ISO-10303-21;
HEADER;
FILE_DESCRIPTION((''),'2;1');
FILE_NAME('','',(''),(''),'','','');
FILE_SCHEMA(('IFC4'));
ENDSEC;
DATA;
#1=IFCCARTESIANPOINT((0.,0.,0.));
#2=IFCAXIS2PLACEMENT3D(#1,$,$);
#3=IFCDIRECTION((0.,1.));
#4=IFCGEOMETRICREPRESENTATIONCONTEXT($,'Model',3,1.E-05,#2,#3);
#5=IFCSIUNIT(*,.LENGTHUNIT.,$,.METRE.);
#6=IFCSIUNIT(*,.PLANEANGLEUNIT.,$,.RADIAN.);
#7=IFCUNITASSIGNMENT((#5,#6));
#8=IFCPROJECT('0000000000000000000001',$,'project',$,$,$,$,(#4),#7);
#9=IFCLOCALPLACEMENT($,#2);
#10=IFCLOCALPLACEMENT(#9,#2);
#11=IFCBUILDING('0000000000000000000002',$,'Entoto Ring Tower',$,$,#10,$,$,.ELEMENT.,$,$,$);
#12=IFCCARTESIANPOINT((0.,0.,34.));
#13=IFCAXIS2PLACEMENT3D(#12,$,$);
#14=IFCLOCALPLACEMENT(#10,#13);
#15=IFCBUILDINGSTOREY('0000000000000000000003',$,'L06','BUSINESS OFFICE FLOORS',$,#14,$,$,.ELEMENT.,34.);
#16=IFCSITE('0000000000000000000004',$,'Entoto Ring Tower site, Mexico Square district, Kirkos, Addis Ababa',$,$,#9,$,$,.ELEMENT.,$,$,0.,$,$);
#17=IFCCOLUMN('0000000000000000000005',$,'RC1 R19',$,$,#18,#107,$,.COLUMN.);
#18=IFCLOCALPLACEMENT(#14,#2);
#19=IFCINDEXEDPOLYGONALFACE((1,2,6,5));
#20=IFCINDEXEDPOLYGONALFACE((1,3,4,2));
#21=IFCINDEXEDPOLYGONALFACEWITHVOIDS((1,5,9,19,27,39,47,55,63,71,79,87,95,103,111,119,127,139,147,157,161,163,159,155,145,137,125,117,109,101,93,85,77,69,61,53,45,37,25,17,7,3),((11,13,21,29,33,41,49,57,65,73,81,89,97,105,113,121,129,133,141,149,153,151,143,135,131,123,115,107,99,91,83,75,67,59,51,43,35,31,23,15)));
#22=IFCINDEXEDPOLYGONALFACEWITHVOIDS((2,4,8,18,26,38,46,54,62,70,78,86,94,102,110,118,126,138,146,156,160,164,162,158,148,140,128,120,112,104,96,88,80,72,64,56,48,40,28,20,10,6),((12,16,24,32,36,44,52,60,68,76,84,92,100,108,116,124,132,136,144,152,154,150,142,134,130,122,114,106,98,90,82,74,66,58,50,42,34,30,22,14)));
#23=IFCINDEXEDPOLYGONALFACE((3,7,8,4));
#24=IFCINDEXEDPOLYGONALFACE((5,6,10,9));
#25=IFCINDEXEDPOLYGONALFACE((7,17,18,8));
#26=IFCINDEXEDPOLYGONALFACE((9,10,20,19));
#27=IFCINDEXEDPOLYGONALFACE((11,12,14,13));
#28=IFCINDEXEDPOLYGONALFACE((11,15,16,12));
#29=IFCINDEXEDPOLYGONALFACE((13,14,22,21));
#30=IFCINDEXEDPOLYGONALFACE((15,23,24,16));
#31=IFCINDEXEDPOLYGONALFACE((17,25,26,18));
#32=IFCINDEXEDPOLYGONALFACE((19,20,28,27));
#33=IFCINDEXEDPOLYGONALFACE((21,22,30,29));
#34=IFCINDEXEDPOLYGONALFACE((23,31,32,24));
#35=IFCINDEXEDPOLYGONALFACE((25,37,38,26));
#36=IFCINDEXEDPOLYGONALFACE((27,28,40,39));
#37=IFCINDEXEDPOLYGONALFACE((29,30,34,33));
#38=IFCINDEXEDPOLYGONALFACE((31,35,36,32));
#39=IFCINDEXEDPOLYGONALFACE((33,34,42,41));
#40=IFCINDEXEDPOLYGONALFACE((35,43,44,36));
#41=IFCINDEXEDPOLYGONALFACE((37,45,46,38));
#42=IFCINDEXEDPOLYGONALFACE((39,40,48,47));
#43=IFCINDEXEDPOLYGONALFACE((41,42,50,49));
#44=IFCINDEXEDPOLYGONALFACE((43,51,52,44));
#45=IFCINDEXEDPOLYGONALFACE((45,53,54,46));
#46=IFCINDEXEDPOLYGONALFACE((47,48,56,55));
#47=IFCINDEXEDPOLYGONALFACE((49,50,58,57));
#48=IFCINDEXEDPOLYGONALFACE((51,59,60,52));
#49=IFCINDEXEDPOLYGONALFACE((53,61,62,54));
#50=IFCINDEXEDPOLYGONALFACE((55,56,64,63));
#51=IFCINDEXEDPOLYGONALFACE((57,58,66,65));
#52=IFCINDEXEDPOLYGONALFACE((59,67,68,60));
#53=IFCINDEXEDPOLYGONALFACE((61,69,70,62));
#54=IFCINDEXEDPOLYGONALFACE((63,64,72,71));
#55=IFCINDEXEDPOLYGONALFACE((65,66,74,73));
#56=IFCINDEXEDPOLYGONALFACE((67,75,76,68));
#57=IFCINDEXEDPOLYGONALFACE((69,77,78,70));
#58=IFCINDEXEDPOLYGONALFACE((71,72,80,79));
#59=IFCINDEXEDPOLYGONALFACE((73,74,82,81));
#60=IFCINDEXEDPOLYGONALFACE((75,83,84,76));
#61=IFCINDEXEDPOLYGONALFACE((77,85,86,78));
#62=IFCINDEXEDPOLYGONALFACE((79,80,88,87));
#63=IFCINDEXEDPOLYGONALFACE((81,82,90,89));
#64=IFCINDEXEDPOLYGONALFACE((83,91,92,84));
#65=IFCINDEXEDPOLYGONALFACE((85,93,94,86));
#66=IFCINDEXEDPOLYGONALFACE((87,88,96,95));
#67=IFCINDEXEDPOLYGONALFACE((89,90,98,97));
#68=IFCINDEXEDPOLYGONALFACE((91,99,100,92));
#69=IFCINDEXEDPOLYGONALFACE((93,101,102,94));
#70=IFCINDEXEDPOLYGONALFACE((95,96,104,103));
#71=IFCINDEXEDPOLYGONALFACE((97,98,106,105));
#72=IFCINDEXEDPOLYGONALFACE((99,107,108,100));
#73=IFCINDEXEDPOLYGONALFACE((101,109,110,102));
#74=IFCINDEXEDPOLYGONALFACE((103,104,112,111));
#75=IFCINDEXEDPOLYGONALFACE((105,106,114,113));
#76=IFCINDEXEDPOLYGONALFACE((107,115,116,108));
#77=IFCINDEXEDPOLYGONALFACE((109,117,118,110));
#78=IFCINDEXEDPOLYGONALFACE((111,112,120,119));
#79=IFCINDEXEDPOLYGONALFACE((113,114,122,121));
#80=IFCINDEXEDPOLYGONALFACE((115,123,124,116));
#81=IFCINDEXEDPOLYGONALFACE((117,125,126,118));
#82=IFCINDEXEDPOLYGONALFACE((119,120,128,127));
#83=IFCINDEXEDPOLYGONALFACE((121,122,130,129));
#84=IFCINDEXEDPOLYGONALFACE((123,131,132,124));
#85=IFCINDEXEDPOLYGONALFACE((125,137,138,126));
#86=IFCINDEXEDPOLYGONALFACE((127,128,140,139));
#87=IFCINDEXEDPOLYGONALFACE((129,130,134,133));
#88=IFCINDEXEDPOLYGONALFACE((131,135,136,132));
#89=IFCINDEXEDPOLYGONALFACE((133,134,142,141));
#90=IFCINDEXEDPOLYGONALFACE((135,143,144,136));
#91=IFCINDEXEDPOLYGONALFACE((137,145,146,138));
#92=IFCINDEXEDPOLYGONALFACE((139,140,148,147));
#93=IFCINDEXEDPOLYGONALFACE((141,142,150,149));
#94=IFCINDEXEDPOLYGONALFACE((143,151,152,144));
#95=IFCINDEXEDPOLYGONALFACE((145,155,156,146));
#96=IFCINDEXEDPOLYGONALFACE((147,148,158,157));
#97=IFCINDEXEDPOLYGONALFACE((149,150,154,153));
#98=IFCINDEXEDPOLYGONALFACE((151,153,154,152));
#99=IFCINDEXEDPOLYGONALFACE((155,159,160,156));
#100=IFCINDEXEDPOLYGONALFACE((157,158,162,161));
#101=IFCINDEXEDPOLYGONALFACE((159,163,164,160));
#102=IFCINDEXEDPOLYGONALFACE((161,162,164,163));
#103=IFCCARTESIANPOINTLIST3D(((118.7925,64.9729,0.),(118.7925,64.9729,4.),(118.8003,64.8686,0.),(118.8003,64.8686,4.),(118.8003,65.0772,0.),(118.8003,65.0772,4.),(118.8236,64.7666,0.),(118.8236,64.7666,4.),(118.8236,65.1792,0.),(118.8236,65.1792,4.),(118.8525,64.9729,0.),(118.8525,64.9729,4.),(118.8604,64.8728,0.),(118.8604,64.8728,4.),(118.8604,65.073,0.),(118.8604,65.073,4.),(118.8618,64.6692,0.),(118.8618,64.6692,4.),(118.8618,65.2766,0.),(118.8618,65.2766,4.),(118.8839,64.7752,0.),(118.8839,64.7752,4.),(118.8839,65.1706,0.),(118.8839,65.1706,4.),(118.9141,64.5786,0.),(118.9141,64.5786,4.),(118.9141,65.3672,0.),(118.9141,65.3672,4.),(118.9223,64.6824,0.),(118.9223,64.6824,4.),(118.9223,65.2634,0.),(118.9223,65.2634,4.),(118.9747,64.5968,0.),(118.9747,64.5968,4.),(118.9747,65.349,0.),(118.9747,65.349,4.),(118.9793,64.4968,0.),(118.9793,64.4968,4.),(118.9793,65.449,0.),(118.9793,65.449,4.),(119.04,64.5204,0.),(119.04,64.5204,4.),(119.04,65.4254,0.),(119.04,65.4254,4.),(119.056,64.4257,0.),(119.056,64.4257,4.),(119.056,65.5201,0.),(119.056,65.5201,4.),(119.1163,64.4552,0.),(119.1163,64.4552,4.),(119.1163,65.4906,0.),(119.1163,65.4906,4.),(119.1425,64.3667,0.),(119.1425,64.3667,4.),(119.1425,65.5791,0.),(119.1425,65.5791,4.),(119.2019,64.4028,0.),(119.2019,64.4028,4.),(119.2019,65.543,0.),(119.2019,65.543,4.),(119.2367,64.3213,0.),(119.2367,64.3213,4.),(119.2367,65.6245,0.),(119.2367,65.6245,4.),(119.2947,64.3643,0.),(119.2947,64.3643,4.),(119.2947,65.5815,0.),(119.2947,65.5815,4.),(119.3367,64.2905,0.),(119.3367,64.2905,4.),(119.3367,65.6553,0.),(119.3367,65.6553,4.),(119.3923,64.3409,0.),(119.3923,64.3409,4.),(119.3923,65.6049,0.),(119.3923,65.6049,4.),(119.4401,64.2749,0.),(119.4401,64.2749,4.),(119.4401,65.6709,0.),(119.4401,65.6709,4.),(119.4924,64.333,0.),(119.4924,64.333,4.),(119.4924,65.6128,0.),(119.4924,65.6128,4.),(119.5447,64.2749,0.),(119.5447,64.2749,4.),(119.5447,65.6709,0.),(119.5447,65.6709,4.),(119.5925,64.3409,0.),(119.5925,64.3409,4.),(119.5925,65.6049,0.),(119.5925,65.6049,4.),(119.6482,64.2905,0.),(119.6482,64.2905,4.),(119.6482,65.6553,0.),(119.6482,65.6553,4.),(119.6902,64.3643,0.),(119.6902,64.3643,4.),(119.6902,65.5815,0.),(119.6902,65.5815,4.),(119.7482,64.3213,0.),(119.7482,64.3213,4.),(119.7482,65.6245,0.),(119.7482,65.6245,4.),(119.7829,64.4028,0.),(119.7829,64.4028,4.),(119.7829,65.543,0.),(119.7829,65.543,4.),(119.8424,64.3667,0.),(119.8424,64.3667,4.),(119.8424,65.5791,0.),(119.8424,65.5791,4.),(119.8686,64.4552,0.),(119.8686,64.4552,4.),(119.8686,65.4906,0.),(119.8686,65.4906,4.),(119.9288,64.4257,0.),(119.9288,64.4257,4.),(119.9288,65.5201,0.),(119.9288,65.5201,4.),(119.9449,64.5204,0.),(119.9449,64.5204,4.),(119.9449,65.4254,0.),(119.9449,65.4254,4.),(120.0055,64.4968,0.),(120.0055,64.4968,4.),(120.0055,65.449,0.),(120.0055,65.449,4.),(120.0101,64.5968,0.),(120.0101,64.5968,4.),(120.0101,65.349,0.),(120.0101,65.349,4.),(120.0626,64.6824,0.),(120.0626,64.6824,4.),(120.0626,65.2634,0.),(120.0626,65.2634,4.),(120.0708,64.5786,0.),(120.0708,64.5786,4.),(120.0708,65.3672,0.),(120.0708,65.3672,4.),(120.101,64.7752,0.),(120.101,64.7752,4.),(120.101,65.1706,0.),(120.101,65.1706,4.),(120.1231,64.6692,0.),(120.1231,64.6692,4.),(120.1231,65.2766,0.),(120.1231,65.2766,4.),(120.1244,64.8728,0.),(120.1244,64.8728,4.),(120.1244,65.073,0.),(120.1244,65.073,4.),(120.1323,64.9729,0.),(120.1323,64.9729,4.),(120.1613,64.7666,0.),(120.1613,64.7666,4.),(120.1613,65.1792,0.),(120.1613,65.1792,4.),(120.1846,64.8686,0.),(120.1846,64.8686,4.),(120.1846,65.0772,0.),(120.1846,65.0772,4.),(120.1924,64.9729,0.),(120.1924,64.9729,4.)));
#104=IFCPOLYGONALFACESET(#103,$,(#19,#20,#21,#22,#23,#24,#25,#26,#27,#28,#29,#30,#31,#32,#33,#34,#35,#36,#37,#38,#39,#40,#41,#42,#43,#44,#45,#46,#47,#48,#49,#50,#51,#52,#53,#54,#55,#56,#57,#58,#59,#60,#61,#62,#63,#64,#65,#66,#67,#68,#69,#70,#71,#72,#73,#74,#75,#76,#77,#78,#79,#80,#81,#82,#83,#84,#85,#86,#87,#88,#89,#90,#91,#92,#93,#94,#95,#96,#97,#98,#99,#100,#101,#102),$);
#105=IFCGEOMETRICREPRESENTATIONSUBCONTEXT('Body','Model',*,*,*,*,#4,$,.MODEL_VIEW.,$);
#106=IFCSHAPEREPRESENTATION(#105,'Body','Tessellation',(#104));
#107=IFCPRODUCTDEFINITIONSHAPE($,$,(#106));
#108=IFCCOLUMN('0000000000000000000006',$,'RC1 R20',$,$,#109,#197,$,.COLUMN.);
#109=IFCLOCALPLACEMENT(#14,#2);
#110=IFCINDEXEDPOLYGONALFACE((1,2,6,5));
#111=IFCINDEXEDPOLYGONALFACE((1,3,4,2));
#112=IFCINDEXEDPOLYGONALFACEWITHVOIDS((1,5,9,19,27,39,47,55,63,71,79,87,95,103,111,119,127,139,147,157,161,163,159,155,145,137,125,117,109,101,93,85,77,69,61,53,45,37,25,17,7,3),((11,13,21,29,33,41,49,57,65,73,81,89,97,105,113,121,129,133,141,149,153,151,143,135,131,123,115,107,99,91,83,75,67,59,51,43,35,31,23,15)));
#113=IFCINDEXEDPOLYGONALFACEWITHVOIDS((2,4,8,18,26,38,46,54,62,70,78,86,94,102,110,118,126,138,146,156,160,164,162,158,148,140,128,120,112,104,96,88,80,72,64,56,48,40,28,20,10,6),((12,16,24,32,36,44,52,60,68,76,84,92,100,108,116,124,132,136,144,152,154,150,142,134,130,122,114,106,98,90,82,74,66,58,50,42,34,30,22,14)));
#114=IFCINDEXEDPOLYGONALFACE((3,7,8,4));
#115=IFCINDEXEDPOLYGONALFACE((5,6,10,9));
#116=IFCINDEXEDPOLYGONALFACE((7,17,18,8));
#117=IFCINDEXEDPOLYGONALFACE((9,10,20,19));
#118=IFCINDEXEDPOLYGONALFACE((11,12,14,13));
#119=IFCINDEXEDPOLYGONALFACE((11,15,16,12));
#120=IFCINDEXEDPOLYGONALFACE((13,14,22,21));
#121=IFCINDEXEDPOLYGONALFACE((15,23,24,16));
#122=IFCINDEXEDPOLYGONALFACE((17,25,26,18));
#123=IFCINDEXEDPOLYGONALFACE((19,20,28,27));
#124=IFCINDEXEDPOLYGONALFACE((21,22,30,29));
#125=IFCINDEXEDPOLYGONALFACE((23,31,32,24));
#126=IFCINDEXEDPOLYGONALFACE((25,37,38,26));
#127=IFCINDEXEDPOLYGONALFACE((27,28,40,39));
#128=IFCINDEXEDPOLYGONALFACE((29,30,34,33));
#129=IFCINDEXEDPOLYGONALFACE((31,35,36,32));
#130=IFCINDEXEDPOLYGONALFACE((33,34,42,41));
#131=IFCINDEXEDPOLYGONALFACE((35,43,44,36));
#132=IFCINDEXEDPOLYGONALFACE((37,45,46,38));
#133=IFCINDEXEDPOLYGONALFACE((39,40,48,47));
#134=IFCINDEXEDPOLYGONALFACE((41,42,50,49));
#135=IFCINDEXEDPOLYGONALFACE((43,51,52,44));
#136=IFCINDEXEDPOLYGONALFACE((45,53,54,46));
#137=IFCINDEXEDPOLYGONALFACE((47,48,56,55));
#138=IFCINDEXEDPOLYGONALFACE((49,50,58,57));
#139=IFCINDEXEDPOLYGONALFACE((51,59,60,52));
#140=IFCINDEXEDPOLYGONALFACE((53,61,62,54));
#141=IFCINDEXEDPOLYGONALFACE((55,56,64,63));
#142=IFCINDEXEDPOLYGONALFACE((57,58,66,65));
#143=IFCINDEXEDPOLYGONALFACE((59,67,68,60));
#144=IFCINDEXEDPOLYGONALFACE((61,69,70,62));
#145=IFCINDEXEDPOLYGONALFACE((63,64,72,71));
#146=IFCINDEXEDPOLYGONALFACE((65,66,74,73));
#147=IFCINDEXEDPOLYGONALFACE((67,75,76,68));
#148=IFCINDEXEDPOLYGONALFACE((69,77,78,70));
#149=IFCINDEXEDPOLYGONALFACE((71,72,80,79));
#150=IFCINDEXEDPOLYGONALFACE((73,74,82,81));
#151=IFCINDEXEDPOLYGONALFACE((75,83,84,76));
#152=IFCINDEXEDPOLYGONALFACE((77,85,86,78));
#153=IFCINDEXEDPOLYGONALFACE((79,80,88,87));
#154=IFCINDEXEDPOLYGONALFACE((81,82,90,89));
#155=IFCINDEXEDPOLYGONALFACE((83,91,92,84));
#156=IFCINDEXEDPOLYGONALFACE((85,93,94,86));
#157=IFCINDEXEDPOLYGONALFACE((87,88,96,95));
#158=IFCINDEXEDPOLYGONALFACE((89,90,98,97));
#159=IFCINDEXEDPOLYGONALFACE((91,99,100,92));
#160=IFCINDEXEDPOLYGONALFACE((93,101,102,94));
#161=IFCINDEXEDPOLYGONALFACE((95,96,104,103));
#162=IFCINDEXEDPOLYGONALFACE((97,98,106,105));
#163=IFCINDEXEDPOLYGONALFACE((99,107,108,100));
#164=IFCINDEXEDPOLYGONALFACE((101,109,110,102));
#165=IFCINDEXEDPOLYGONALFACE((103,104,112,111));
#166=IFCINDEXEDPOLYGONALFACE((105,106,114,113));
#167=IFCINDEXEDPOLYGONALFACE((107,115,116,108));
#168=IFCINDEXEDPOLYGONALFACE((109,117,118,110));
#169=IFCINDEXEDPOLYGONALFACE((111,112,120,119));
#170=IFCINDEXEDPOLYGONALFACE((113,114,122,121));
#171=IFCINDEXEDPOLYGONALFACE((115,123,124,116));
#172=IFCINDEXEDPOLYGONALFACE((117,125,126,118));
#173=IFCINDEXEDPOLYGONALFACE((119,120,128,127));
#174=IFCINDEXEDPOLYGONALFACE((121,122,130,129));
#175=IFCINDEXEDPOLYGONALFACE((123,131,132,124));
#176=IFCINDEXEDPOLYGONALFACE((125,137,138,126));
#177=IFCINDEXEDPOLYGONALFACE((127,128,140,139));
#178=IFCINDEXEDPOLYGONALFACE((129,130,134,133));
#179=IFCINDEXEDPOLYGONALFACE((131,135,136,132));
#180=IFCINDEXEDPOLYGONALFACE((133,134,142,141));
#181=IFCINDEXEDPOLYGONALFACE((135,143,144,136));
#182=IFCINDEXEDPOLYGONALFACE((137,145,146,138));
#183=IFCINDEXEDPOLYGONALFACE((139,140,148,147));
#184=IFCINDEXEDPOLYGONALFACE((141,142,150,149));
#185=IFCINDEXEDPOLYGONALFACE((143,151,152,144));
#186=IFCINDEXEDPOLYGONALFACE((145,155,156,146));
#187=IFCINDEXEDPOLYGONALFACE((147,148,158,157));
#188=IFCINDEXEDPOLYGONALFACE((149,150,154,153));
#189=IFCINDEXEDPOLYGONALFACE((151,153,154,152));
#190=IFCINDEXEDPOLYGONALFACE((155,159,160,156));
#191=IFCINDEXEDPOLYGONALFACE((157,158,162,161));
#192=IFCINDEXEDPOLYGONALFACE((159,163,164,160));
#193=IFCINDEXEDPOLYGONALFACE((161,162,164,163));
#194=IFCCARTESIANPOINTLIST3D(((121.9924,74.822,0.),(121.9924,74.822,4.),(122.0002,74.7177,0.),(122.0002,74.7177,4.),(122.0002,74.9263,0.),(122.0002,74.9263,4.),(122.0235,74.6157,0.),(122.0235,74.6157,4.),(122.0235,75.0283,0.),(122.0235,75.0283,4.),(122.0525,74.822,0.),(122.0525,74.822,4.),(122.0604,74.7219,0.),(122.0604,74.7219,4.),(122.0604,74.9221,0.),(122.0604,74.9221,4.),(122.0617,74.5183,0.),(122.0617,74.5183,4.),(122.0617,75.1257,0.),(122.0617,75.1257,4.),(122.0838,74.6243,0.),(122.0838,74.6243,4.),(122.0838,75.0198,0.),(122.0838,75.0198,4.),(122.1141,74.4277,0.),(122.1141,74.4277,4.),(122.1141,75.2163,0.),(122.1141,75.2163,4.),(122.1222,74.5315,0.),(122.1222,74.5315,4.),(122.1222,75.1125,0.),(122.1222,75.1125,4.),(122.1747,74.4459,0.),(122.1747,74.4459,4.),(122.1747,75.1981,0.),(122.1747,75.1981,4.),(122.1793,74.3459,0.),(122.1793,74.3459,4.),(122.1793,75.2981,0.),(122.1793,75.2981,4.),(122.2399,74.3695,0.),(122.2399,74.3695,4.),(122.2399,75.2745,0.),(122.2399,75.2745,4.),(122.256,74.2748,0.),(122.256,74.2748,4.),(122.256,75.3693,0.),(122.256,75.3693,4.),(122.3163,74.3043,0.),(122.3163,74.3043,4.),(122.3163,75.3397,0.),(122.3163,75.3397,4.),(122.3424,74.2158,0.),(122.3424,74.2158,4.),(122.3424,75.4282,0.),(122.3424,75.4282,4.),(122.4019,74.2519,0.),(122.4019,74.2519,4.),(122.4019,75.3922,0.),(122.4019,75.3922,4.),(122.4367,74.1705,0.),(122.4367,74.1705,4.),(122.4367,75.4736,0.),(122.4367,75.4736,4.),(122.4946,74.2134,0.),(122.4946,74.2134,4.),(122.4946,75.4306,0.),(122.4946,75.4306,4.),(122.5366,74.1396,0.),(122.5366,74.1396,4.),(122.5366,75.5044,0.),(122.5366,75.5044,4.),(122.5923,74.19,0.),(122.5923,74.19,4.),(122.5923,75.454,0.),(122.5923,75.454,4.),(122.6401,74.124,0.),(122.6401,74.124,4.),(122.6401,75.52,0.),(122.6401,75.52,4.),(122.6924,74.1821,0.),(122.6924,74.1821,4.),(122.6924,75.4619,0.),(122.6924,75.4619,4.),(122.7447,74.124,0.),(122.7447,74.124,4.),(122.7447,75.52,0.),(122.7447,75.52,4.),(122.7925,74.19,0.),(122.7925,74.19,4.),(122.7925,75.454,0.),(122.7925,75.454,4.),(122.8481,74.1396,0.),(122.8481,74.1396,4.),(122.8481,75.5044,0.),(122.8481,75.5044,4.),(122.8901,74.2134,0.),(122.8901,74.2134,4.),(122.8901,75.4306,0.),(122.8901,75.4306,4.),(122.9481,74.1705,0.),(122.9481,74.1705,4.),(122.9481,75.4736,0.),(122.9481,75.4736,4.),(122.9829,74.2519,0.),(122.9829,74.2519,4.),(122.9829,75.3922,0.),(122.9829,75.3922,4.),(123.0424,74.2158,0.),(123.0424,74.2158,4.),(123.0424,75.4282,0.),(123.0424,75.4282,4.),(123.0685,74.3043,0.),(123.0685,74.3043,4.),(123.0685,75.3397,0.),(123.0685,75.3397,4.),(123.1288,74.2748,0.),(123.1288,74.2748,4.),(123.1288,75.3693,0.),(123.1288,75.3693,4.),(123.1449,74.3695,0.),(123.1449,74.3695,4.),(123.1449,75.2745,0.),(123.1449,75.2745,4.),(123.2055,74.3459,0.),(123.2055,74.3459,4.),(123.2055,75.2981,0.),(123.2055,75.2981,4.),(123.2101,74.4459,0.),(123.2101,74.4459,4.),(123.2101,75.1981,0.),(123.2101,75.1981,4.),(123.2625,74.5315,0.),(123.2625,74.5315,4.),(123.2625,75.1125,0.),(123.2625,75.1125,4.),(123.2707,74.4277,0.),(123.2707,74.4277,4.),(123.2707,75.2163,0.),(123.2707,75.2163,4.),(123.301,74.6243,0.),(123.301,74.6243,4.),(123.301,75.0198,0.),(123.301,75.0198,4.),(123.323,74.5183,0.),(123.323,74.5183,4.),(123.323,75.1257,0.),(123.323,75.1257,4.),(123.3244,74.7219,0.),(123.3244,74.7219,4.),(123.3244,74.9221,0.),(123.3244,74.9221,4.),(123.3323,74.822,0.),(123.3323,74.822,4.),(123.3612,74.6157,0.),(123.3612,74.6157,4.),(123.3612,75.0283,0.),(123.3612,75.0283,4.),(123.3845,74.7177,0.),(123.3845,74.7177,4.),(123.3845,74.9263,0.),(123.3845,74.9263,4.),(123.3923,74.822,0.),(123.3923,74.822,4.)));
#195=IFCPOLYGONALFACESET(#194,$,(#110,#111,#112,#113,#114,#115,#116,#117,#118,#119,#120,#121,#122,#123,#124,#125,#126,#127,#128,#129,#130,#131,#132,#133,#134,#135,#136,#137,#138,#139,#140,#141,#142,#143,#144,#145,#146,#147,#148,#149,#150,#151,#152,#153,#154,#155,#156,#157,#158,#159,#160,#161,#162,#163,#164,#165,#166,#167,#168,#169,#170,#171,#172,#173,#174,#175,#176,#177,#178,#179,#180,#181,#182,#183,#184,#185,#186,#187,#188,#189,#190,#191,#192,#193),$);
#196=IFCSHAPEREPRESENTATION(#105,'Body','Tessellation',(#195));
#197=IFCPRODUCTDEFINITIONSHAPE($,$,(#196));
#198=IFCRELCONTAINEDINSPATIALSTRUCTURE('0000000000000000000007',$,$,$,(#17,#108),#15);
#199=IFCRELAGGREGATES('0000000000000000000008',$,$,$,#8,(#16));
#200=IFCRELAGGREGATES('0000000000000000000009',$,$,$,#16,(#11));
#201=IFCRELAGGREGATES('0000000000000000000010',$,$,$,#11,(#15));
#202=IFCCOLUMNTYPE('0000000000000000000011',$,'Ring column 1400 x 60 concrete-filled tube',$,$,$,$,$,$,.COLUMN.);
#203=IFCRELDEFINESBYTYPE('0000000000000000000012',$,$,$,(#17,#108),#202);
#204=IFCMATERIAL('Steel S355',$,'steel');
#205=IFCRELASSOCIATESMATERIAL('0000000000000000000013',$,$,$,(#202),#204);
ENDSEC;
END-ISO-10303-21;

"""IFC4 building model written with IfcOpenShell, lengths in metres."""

from ifc_helpers import new_model, si_unit, direction, frame, origin, origin_2d, place, context, subcontext, project, spatial, circle, hollow_circle, extrude, material, material_profile, profile_set, type_object, element, save


model = new_model("IFC4")

# Units and contexts
model_context = context("Model", 3, precision=1e-05, world=origin(), true_north=direction((0.0, 1.0)))
body_context = subcontext(model_context, "Body", "Model", "MODEL_VIEW")
ifc_project = project(units=[si_unit("LENGTHUNIT", "METRE"), si_unit("PLANEANGLEUNIT", "RADIAN")], contexts=[model_context])

# Site, building, storey
site_placement = place(None, origin())
site = spatial("IfcSite", under=ifc_project, at=site_placement, Name="Entoto Ring Tower site, Mexico Square district, Kirkos, Addis Ababa", CompositionType="ELEMENT", RefElevation=0.0)
building_placement = place(site_placement, origin())
building = spatial("IfcBuilding", under=site, at=building_placement, Name="Entoto Ring Tower", CompositionType="ELEMENT")
storey_placement = place(building_placement, frame((0.0, 0.0, 34.0)))
storey = spatial("IfcBuildingStorey", under=building, at=storey_placement, Name="L06", Description="BUSINESS OFFICE FLOORS", CompositionType="ELEMENT", Elevation=34.0)

# Columns
ifc_material_1 = material(Name="Steel S355", Category="steel")
ifc_material_profile_1 = material_profile(ifc_material_1, hollow_circle(Radius=0.7, WallThickness=0.0601, at=origin_2d()), Name="CHS 1400 x 60")
ifc_material_2 = material(Name="Concrete C60/75", Category="concrete")
ifc_material_profile_2 = material_profile(ifc_material_2, circle(Radius=0.6399, at=origin_2d()), Name="Concrete C60/75 infill")
ifc_profile_set_1 = profile_set([ifc_material_profile_1, ifc_material_profile_2], Name="Steel S355")
column_type = type_object("IfcColumnType", Name="Ring column 1400 x 60 concrete-filled tube", PredefinedType="COLUMN", material=ifc_profile_set_1)
for number, where, z_axis, x_axis, name in (
    (1, (119.4924, 64.9729, 0.0), (0.0, 0.0, 1.0), (1.0, 0.0, 0.0), "RC1 R19"),
    (2, (122.6924, 74.822, 0.0), (0.0, 0.0, 1.0), (1.0, 0.0, 0.0), "RC1 R20"),
):
    element("IfcColumn", number, at=place(storey_placement, frame(where, z_axis=z_axis, x_axis=x_axis)), inside=storey, type_object=column_type, Name=name, PredefinedType="COLUMN", context=body_context, shape_type="SweptSolid", body=[
        extrude(hollow_circle(Radius=0.7, WallThickness=0.0601, at=origin_2d()), origin(), (0.0, 0.0, 1.0), 4.0),
    ])

save(model, "model.ifc")
